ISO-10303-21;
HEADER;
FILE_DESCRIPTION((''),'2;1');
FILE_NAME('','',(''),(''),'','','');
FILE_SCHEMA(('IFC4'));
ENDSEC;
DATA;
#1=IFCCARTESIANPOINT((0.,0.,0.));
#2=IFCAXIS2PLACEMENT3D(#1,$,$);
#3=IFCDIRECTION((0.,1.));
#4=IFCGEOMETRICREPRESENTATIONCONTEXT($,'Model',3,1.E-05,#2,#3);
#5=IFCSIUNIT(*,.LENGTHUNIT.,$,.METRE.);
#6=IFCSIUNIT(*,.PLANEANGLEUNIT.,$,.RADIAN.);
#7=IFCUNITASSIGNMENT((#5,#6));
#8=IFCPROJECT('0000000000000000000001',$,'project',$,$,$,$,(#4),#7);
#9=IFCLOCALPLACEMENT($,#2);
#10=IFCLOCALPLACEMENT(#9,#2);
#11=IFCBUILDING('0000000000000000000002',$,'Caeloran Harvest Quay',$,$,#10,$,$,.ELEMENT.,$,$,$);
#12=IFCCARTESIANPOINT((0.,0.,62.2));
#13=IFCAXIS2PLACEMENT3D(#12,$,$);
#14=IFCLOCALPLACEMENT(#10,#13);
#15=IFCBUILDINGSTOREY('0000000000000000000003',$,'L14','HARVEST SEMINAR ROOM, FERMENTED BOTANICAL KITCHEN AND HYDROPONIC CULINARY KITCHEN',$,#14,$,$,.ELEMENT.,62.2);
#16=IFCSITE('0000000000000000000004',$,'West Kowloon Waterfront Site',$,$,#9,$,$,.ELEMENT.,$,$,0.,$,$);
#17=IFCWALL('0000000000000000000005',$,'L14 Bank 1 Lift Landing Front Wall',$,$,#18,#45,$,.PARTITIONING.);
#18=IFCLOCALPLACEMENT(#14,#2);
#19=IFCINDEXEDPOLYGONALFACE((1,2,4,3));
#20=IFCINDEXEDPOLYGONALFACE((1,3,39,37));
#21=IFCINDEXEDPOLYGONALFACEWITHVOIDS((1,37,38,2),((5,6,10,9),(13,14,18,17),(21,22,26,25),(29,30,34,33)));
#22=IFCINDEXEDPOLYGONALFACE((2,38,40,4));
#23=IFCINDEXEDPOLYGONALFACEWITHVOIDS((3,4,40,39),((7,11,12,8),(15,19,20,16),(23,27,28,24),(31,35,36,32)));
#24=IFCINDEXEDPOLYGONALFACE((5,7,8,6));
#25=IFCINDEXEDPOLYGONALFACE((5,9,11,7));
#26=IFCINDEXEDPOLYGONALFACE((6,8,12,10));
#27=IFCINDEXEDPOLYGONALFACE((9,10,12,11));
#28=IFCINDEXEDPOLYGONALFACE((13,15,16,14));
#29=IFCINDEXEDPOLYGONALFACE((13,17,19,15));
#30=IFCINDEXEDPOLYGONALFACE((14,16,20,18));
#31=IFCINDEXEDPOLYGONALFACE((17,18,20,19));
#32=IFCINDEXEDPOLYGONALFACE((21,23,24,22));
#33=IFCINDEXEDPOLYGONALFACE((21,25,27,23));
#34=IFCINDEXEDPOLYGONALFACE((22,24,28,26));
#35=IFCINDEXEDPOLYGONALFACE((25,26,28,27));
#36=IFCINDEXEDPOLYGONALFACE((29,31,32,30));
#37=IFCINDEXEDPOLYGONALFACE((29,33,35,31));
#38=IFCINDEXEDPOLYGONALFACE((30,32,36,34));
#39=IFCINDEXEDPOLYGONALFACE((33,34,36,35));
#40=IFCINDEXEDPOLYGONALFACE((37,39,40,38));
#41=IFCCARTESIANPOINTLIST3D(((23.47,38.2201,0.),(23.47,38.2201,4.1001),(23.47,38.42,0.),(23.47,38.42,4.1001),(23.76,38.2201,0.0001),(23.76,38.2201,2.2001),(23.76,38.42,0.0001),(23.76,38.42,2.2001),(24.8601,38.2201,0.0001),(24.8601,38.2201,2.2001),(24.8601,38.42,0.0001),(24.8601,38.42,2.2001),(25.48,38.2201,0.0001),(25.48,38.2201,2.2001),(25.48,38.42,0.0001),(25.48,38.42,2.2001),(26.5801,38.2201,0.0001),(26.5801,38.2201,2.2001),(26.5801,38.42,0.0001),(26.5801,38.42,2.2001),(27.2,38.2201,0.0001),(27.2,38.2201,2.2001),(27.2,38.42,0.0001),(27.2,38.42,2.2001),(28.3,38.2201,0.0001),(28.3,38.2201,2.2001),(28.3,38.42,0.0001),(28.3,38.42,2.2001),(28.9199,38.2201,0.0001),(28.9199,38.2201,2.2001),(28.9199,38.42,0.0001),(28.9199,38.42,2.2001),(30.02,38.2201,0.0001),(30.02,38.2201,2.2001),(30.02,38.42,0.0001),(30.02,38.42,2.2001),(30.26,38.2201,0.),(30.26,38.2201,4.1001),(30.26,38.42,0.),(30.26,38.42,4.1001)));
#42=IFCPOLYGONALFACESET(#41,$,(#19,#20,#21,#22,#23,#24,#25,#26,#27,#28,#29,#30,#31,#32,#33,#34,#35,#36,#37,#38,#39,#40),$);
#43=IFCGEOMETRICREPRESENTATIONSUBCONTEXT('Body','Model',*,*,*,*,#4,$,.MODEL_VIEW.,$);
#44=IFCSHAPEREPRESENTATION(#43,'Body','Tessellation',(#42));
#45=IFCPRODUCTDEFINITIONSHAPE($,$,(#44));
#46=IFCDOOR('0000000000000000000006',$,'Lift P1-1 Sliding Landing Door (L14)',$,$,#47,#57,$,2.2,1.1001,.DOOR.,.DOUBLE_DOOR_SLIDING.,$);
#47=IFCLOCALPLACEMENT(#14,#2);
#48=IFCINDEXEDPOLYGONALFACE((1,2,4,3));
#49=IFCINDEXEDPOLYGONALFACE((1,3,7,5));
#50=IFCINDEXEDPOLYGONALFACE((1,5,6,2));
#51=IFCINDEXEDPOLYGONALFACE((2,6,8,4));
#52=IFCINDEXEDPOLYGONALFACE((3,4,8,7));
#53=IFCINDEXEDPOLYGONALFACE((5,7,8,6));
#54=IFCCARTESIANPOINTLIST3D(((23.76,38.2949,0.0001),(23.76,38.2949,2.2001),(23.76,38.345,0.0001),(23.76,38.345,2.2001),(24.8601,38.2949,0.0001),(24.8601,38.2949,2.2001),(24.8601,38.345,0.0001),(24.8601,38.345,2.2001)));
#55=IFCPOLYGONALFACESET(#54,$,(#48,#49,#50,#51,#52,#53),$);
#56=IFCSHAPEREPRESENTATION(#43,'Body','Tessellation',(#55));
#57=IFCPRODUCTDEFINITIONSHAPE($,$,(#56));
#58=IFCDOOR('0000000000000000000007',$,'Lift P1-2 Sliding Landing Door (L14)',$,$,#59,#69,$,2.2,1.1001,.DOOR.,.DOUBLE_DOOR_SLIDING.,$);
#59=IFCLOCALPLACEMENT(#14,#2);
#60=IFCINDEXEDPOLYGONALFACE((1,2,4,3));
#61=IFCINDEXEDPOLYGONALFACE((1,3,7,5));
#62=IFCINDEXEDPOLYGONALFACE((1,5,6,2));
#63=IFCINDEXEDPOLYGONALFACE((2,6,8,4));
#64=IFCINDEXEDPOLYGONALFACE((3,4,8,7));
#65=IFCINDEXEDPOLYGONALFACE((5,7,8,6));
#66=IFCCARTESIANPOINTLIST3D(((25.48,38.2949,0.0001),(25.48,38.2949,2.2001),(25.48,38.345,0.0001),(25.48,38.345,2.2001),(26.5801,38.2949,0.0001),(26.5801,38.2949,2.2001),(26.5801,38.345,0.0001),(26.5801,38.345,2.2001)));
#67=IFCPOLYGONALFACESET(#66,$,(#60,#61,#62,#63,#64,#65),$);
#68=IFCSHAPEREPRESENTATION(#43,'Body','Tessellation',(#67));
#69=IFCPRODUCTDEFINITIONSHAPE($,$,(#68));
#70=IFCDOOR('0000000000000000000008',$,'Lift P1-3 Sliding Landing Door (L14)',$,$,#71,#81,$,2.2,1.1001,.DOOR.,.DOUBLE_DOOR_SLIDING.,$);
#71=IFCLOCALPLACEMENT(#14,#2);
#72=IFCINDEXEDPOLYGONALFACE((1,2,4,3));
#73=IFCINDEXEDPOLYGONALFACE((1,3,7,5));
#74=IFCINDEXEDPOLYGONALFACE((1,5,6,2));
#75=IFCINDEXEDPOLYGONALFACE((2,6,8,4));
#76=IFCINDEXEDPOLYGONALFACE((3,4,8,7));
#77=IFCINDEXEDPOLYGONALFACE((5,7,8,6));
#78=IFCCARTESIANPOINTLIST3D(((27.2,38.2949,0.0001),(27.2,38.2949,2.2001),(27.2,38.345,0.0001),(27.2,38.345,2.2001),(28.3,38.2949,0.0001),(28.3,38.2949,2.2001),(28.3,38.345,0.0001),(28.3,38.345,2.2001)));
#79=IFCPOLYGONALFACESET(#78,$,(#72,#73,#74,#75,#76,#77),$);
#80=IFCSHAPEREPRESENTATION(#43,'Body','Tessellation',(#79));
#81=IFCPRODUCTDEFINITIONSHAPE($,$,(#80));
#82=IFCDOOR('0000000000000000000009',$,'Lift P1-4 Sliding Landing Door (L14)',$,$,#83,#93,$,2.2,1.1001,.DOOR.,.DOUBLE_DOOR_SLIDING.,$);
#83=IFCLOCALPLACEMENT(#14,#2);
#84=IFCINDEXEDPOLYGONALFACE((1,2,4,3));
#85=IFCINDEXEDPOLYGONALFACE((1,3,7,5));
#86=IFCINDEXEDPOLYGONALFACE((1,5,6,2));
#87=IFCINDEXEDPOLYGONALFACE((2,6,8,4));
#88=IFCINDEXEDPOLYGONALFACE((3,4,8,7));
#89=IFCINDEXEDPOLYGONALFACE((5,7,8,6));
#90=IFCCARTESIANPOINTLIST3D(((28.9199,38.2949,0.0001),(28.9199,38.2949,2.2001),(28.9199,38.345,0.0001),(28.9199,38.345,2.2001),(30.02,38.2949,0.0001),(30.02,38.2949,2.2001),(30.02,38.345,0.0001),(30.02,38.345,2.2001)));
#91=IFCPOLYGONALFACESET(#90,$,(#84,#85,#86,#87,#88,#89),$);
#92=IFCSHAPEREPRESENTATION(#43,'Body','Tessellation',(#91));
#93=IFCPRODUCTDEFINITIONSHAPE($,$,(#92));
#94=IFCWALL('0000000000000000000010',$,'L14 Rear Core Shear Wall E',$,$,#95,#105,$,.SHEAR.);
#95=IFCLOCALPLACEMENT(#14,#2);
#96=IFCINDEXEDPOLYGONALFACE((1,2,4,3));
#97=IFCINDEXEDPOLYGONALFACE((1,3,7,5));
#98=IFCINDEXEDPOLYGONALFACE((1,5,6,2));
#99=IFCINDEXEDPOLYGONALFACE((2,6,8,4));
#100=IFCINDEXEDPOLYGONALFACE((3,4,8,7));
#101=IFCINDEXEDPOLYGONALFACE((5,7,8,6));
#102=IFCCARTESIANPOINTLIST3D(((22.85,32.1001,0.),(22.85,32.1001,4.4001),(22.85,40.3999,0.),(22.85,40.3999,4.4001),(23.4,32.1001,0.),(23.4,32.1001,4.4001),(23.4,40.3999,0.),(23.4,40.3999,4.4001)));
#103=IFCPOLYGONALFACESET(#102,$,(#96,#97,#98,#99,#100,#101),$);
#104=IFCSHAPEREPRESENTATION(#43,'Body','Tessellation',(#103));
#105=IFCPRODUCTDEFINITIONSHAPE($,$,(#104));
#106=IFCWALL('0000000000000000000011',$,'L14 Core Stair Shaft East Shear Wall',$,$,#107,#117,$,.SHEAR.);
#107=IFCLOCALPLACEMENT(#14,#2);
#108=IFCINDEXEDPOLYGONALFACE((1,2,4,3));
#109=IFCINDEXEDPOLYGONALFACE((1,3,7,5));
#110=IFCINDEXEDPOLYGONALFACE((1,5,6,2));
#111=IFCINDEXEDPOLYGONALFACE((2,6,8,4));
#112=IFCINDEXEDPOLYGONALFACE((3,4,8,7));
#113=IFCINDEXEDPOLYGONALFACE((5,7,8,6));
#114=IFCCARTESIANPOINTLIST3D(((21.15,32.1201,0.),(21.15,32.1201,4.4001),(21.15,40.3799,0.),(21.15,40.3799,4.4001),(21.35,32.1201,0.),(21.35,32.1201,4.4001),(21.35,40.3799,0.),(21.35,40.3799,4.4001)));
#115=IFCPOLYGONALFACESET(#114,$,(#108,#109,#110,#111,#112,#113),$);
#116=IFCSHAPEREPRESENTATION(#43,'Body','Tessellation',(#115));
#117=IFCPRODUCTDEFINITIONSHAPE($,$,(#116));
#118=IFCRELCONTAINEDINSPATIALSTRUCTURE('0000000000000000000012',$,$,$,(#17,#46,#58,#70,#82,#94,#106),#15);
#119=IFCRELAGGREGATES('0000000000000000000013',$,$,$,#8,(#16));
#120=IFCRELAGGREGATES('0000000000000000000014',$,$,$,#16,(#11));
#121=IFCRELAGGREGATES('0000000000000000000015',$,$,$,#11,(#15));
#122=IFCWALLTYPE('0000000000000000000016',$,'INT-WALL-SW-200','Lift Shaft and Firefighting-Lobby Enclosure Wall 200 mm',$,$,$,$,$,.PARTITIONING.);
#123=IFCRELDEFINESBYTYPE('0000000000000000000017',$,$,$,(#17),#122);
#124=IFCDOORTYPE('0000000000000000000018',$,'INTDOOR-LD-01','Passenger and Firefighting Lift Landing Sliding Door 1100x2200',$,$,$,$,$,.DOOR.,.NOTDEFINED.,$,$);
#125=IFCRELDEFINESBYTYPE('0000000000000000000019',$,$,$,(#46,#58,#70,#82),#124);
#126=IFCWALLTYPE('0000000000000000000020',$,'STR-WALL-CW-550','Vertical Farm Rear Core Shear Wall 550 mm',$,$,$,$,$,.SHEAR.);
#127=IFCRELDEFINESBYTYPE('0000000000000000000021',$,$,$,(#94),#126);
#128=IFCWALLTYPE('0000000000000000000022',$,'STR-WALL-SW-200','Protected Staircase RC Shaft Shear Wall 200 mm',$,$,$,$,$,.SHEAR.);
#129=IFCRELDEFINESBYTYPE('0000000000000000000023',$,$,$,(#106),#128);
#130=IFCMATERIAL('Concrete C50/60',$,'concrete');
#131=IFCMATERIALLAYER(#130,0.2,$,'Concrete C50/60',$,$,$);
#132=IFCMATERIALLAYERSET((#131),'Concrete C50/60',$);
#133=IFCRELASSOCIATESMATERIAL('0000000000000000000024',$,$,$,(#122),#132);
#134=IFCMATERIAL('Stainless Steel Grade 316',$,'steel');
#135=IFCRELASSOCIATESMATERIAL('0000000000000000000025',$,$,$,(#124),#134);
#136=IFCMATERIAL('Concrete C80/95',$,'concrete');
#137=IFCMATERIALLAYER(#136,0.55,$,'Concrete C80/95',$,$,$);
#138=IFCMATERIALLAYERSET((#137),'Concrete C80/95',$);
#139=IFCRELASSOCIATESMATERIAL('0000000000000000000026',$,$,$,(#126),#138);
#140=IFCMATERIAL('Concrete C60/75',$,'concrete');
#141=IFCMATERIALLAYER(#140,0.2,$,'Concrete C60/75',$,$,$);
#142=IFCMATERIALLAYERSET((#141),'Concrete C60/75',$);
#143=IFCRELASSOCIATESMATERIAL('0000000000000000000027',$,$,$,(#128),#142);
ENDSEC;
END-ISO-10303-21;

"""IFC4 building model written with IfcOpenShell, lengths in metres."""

from ifc_helpers import new_model, si_unit, direction, frame, frame_2d, origin, place, context, subcontext, project, spatial, rectangle, extrude, material, layer, layer_set, type_object, element, fill, save


model = new_model("IFC4")

# Units and contexts
model_context = context("Model", 3, precision=1e-05, world=origin(), true_north=direction((0.0, 1.0)))
body_context = subcontext(model_context, "Body", "Model", "MODEL_VIEW")
ifc_project = project(units=[si_unit("LENGTHUNIT", "METRE"), si_unit("PLANEANGLEUNIT", "RADIAN")], contexts=[model_context])

# Site, building, storey
site_placement = place(None, origin())
site = spatial("IfcSite", under=ifc_project, at=site_placement, Name="West Kowloon Waterfront Site", CompositionType="ELEMENT", RefElevation=0.0)
building_placement = place(site_placement, origin())
building = spatial("IfcBuilding", under=site, at=building_placement, Name="Caeloran Harvest Quay", CompositionType="ELEMENT")
storey_placement = place(building_placement, frame((0.0, 0.0, 62.2)))
storey = spatial("IfcBuildingStorey", under=building, at=storey_placement, Name="L14", Description="HARVEST SEMINAR ROOM, FERMENTED BOTANICAL KITCHEN AND HYDROPONIC CULINARY KITCHEN", CompositionType="ELEMENT", Elevation=62.2)

# Shared definitions
ifc_material_1 = material(Name="Concrete C80/95", Category="concrete")

# Shared definitions
ifc_material_2 = material(Name="Concrete C50/60", Category="concrete")
ifc_layer_1 = layer(ifc_material_2, 0.2, Name="Concrete C50/60")
ifc_layer_set_1 = layer_set([ifc_layer_1], Name="Concrete C50/60")
wall_type_1 = type_object("IfcWallType", Name="INT-WALL-SW-200", Description="Lift Shaft and Firefighting-Lobby Enclosure Wall 200 mm", PredefinedType="PARTITIONING", material=ifc_layer_set_1)
ifc_material_3 = material(Name="Stainless Steel Grade 316", Category="steel")

# Wall, openings, doors
wall_1_placement = place(storey_placement, frame((23.47, 38.3201, 0.0), z_axis=(0.0, 0.0, 1.0), x_axis=(1.0, 0.0, 0.0)))
wall_1 = element("IfcWall", 1, at=wall_1_placement, inside=storey, type_object=wall_type_1, Name="L14 Bank 1 Lift Landing Front Wall", PredefinedType="PARTITIONING", context=body_context, shape_type="SweptSolid", body=[
    extrude(rectangle(XDim=6.79, YDim=0.2, at=frame_2d((3.395, 0.0))), origin(), (0.0, 0.0, 1.0), 4.1001),
])
opening_1_placement = place(wall_1_placement, frame((0.29, 0.0, 0.0)))
opening_1 = element("IfcOpeningElement", 2, at=opening_1_placement, cuts=wall_1, PredefinedType="OPENING", context=body_context, shape_type="SweptSolid", body=[
    extrude(rectangle(XDim=1.1001, YDim=2.2, at=frame_2d((0.55, 1.1001))), frame((0.0, 0.1099, 0.0), z_axis=(0.0, -1.0, 0.0), x_axis=(1.0, 0.0, 0.0)), (0.0, 0.0, 1.0), 0.22),
])
opening_2_placement = place(wall_1_placement, frame((2.01, 0.0, 0.0)))
opening_2 = element("IfcOpeningElement", 3, at=opening_2_placement, cuts=wall_1, PredefinedType="OPENING", context=body_context, shape_type="SweptSolid", body=[
    extrude(rectangle(XDim=1.1001, YDim=2.2, at=frame_2d((0.55, 1.1001))), frame((0.0, 0.1099, 0.0), z_axis=(0.0, -1.0, 0.0), x_axis=(1.0, 0.0, 0.0)), (0.0, 0.0, 1.0), 0.22),
])
opening_3_placement = place(wall_1_placement, frame((3.73, 0.0, 0.0)))
opening_3 = element("IfcOpeningElement", 4, at=opening_3_placement, cuts=wall_1, PredefinedType="OPENING", context=body_context, shape_type="SweptSolid", body=[
    extrude(rectangle(XDim=1.1001, YDim=2.2, at=frame_2d((0.55, 1.1001))), frame((0.0, 0.1099, 0.0), z_axis=(0.0, -1.0, 0.0), x_axis=(1.0, 0.0, 0.0)), (0.0, 0.0, 1.0), 0.22),
])
opening_4_placement = place(wall_1_placement, frame((5.45, 0.0, 0.0)))
opening_4 = element("IfcOpeningElement", 5, at=opening_4_placement, cuts=wall_1, PredefinedType="OPENING", context=body_context, shape_type="SweptSolid", body=[
    extrude(rectangle(XDim=1.1001, YDim=2.2, at=frame_2d((0.55, 1.1001))), frame((0.0, 0.1099, 0.0), z_axis=(0.0, -1.0, 0.0), x_axis=(1.0, 0.0, 0.0)), (0.0, 0.0, 1.0), 0.22),
])
door_type_1 = type_object("IfcDoorType", Name="INTDOOR-LD-01", Description="Passenger and Firefighting Lift Landing Sliding Door 1100x2200", OperationType="NOTDEFINED", PredefinedType="DOOR", material=ifc_material_3)
door_1_placement = place(opening_1_placement, origin())
door_1 = element("IfcDoor", 6, at=door_1_placement, inside=storey, type_object=door_type_1, Name="Lift P1-1 Sliding Landing Door (L14)", OperationType="DOUBLE_DOOR_SLIDING", OverallHeight=2.2, OverallWidth=1.1001, PredefinedType="DOOR", context=body_context, shape_type="SweptSolid", body=[
    extrude(rectangle(XDim=1.1001, YDim=2.2, at=frame_2d((0.55, 1.1001))), frame((0.0, 0.0249, 0.0), z_axis=(0.0, -1.0, 0.0), x_axis=(1.0, 0.0, 0.0)), (0.0, 0.0, 1.0), 0.05),
])
fill(opening_1, door_1)
door_2_placement = place(opening_2_placement, origin())
door_2 = element("IfcDoor", 7, at=door_2_placement, inside=storey, type_object=door_type_1, Name="Lift P1-2 Sliding Landing Door (L14)", OperationType="DOUBLE_DOOR_SLIDING", OverallHeight=2.2, OverallWidth=1.1001, PredefinedType="DOOR", context=body_context, shape_type="SweptSolid", body=[
    extrude(rectangle(XDim=1.1001, YDim=2.2, at=frame_2d((0.55, 1.1001))), frame((0.0, 0.0249, 0.0), z_axis=(0.0, -1.0, 0.0), x_axis=(1.0, 0.0, 0.0)), (0.0, 0.0, 1.0), 0.05),
])
fill(opening_2, door_2)
door_3_placement = place(opening_3_placement, origin())
door_3 = element("IfcDoor", 8, at=door_3_placement, inside=storey, type_object=door_type_1, Name="Lift P1-3 Sliding Landing Door (L14)", OperationType="DOUBLE_DOOR_SLIDING", OverallHeight=2.2, OverallWidth=1.1001, PredefinedType="DOOR", context=body_context, shape_type="SweptSolid", body=[
    extrude(rectangle(XDim=1.1001, YDim=2.2, at=frame_2d((0.55, 1.1001))), frame((0.0, 0.0249, 0.0), z_axis=(0.0, -1.0, 0.0), x_axis=(1.0, 0.0, 0.0)), (0.0, 0.0, 1.0), 0.05),
])
fill(opening_3, door_3)
door_4_placement = place(opening_4_placement, origin())
door_4 = element("IfcDoor", 9, at=door_4_placement, inside=storey, type_object=door_type_1, Name="Lift P1-4 Sliding Landing Door (L14)", OperationType="DOUBLE_DOOR_SLIDING", OverallHeight=2.2, OverallWidth=1.1001, PredefinedType="DOOR", context=body_context, shape_type="SweptSolid", body=[
    extrude(rectangle(XDim=1.1001, YDim=2.2, at=frame_2d((0.55, 1.1001))), frame((0.0, 0.0249, 0.0), z_axis=(0.0, -1.0, 0.0), x_axis=(1.0, 0.0, 0.0)), (0.0, 0.0, 1.0), 0.05),
])
fill(opening_4, door_4)

# Walls
ifc_layer_2 = layer(ifc_material_1, 0.55, Name="Concrete C80/95")
ifc_layer_set_2 = layer_set([ifc_layer_2], Name="Concrete C80/95")
wall_type_2 = type_object("IfcWallType", Name="STR-WALL-CW-550", Description="Vertical Farm Rear Core Shear Wall 550 mm", PredefinedType="SHEAR", material=ifc_layer_set_2)
wall_2_placement = place(storey_placement, frame((23.125, 32.1001, 0.0), z_axis=(0.0, 0.0, 1.0), x_axis=(0.0, 1.0, 0.0)))
element("IfcWall", 10, at=wall_2_placement, inside=storey, type_object=wall_type_2, Name="L14 Rear Core Shear Wall E", PredefinedType="SHEAR", context=body_context, shape_type="SweptSolid", body=[
    extrude(rectangle(XDim=8.2998, YDim=0.55, at=frame_2d((4.1499, 0.0))), origin(), (0.0, 0.0, 1.0), 4.4001),
])
ifc_material_4 = material(Name="Concrete C60/75", Category="concrete")
ifc_layer_3 = layer(ifc_material_4, 0.2, Name="Concrete C60/75")
ifc_layer_set_3 = layer_set([ifc_layer_3], Name="Concrete C60/75")
wall_type_3 = type_object("IfcWallType", Name="STR-WALL-SW-200", Description="Protected Staircase RC Shaft Shear Wall 200 mm", PredefinedType="SHEAR", material=ifc_layer_set_3)
wall_3_placement = place(storey_placement, frame((21.25, 32.1201, 0.0), z_axis=(0.0, 0.0, 1.0), x_axis=(0.0, 1.0, 0.0)))
element("IfcWall", 11, at=wall_3_placement, inside=storey, type_object=wall_type_3, Name="L14 Core Stair Shaft East Shear Wall", PredefinedType="SHEAR", context=body_context, shape_type="SweptSolid", body=[
    extrude(rectangle(XDim=8.2598, YDim=0.2, at=frame_2d((4.1299, 0.0))), origin(), (0.0, 0.0, 1.0), 4.4001),
])

save(model, "model.ifc")
